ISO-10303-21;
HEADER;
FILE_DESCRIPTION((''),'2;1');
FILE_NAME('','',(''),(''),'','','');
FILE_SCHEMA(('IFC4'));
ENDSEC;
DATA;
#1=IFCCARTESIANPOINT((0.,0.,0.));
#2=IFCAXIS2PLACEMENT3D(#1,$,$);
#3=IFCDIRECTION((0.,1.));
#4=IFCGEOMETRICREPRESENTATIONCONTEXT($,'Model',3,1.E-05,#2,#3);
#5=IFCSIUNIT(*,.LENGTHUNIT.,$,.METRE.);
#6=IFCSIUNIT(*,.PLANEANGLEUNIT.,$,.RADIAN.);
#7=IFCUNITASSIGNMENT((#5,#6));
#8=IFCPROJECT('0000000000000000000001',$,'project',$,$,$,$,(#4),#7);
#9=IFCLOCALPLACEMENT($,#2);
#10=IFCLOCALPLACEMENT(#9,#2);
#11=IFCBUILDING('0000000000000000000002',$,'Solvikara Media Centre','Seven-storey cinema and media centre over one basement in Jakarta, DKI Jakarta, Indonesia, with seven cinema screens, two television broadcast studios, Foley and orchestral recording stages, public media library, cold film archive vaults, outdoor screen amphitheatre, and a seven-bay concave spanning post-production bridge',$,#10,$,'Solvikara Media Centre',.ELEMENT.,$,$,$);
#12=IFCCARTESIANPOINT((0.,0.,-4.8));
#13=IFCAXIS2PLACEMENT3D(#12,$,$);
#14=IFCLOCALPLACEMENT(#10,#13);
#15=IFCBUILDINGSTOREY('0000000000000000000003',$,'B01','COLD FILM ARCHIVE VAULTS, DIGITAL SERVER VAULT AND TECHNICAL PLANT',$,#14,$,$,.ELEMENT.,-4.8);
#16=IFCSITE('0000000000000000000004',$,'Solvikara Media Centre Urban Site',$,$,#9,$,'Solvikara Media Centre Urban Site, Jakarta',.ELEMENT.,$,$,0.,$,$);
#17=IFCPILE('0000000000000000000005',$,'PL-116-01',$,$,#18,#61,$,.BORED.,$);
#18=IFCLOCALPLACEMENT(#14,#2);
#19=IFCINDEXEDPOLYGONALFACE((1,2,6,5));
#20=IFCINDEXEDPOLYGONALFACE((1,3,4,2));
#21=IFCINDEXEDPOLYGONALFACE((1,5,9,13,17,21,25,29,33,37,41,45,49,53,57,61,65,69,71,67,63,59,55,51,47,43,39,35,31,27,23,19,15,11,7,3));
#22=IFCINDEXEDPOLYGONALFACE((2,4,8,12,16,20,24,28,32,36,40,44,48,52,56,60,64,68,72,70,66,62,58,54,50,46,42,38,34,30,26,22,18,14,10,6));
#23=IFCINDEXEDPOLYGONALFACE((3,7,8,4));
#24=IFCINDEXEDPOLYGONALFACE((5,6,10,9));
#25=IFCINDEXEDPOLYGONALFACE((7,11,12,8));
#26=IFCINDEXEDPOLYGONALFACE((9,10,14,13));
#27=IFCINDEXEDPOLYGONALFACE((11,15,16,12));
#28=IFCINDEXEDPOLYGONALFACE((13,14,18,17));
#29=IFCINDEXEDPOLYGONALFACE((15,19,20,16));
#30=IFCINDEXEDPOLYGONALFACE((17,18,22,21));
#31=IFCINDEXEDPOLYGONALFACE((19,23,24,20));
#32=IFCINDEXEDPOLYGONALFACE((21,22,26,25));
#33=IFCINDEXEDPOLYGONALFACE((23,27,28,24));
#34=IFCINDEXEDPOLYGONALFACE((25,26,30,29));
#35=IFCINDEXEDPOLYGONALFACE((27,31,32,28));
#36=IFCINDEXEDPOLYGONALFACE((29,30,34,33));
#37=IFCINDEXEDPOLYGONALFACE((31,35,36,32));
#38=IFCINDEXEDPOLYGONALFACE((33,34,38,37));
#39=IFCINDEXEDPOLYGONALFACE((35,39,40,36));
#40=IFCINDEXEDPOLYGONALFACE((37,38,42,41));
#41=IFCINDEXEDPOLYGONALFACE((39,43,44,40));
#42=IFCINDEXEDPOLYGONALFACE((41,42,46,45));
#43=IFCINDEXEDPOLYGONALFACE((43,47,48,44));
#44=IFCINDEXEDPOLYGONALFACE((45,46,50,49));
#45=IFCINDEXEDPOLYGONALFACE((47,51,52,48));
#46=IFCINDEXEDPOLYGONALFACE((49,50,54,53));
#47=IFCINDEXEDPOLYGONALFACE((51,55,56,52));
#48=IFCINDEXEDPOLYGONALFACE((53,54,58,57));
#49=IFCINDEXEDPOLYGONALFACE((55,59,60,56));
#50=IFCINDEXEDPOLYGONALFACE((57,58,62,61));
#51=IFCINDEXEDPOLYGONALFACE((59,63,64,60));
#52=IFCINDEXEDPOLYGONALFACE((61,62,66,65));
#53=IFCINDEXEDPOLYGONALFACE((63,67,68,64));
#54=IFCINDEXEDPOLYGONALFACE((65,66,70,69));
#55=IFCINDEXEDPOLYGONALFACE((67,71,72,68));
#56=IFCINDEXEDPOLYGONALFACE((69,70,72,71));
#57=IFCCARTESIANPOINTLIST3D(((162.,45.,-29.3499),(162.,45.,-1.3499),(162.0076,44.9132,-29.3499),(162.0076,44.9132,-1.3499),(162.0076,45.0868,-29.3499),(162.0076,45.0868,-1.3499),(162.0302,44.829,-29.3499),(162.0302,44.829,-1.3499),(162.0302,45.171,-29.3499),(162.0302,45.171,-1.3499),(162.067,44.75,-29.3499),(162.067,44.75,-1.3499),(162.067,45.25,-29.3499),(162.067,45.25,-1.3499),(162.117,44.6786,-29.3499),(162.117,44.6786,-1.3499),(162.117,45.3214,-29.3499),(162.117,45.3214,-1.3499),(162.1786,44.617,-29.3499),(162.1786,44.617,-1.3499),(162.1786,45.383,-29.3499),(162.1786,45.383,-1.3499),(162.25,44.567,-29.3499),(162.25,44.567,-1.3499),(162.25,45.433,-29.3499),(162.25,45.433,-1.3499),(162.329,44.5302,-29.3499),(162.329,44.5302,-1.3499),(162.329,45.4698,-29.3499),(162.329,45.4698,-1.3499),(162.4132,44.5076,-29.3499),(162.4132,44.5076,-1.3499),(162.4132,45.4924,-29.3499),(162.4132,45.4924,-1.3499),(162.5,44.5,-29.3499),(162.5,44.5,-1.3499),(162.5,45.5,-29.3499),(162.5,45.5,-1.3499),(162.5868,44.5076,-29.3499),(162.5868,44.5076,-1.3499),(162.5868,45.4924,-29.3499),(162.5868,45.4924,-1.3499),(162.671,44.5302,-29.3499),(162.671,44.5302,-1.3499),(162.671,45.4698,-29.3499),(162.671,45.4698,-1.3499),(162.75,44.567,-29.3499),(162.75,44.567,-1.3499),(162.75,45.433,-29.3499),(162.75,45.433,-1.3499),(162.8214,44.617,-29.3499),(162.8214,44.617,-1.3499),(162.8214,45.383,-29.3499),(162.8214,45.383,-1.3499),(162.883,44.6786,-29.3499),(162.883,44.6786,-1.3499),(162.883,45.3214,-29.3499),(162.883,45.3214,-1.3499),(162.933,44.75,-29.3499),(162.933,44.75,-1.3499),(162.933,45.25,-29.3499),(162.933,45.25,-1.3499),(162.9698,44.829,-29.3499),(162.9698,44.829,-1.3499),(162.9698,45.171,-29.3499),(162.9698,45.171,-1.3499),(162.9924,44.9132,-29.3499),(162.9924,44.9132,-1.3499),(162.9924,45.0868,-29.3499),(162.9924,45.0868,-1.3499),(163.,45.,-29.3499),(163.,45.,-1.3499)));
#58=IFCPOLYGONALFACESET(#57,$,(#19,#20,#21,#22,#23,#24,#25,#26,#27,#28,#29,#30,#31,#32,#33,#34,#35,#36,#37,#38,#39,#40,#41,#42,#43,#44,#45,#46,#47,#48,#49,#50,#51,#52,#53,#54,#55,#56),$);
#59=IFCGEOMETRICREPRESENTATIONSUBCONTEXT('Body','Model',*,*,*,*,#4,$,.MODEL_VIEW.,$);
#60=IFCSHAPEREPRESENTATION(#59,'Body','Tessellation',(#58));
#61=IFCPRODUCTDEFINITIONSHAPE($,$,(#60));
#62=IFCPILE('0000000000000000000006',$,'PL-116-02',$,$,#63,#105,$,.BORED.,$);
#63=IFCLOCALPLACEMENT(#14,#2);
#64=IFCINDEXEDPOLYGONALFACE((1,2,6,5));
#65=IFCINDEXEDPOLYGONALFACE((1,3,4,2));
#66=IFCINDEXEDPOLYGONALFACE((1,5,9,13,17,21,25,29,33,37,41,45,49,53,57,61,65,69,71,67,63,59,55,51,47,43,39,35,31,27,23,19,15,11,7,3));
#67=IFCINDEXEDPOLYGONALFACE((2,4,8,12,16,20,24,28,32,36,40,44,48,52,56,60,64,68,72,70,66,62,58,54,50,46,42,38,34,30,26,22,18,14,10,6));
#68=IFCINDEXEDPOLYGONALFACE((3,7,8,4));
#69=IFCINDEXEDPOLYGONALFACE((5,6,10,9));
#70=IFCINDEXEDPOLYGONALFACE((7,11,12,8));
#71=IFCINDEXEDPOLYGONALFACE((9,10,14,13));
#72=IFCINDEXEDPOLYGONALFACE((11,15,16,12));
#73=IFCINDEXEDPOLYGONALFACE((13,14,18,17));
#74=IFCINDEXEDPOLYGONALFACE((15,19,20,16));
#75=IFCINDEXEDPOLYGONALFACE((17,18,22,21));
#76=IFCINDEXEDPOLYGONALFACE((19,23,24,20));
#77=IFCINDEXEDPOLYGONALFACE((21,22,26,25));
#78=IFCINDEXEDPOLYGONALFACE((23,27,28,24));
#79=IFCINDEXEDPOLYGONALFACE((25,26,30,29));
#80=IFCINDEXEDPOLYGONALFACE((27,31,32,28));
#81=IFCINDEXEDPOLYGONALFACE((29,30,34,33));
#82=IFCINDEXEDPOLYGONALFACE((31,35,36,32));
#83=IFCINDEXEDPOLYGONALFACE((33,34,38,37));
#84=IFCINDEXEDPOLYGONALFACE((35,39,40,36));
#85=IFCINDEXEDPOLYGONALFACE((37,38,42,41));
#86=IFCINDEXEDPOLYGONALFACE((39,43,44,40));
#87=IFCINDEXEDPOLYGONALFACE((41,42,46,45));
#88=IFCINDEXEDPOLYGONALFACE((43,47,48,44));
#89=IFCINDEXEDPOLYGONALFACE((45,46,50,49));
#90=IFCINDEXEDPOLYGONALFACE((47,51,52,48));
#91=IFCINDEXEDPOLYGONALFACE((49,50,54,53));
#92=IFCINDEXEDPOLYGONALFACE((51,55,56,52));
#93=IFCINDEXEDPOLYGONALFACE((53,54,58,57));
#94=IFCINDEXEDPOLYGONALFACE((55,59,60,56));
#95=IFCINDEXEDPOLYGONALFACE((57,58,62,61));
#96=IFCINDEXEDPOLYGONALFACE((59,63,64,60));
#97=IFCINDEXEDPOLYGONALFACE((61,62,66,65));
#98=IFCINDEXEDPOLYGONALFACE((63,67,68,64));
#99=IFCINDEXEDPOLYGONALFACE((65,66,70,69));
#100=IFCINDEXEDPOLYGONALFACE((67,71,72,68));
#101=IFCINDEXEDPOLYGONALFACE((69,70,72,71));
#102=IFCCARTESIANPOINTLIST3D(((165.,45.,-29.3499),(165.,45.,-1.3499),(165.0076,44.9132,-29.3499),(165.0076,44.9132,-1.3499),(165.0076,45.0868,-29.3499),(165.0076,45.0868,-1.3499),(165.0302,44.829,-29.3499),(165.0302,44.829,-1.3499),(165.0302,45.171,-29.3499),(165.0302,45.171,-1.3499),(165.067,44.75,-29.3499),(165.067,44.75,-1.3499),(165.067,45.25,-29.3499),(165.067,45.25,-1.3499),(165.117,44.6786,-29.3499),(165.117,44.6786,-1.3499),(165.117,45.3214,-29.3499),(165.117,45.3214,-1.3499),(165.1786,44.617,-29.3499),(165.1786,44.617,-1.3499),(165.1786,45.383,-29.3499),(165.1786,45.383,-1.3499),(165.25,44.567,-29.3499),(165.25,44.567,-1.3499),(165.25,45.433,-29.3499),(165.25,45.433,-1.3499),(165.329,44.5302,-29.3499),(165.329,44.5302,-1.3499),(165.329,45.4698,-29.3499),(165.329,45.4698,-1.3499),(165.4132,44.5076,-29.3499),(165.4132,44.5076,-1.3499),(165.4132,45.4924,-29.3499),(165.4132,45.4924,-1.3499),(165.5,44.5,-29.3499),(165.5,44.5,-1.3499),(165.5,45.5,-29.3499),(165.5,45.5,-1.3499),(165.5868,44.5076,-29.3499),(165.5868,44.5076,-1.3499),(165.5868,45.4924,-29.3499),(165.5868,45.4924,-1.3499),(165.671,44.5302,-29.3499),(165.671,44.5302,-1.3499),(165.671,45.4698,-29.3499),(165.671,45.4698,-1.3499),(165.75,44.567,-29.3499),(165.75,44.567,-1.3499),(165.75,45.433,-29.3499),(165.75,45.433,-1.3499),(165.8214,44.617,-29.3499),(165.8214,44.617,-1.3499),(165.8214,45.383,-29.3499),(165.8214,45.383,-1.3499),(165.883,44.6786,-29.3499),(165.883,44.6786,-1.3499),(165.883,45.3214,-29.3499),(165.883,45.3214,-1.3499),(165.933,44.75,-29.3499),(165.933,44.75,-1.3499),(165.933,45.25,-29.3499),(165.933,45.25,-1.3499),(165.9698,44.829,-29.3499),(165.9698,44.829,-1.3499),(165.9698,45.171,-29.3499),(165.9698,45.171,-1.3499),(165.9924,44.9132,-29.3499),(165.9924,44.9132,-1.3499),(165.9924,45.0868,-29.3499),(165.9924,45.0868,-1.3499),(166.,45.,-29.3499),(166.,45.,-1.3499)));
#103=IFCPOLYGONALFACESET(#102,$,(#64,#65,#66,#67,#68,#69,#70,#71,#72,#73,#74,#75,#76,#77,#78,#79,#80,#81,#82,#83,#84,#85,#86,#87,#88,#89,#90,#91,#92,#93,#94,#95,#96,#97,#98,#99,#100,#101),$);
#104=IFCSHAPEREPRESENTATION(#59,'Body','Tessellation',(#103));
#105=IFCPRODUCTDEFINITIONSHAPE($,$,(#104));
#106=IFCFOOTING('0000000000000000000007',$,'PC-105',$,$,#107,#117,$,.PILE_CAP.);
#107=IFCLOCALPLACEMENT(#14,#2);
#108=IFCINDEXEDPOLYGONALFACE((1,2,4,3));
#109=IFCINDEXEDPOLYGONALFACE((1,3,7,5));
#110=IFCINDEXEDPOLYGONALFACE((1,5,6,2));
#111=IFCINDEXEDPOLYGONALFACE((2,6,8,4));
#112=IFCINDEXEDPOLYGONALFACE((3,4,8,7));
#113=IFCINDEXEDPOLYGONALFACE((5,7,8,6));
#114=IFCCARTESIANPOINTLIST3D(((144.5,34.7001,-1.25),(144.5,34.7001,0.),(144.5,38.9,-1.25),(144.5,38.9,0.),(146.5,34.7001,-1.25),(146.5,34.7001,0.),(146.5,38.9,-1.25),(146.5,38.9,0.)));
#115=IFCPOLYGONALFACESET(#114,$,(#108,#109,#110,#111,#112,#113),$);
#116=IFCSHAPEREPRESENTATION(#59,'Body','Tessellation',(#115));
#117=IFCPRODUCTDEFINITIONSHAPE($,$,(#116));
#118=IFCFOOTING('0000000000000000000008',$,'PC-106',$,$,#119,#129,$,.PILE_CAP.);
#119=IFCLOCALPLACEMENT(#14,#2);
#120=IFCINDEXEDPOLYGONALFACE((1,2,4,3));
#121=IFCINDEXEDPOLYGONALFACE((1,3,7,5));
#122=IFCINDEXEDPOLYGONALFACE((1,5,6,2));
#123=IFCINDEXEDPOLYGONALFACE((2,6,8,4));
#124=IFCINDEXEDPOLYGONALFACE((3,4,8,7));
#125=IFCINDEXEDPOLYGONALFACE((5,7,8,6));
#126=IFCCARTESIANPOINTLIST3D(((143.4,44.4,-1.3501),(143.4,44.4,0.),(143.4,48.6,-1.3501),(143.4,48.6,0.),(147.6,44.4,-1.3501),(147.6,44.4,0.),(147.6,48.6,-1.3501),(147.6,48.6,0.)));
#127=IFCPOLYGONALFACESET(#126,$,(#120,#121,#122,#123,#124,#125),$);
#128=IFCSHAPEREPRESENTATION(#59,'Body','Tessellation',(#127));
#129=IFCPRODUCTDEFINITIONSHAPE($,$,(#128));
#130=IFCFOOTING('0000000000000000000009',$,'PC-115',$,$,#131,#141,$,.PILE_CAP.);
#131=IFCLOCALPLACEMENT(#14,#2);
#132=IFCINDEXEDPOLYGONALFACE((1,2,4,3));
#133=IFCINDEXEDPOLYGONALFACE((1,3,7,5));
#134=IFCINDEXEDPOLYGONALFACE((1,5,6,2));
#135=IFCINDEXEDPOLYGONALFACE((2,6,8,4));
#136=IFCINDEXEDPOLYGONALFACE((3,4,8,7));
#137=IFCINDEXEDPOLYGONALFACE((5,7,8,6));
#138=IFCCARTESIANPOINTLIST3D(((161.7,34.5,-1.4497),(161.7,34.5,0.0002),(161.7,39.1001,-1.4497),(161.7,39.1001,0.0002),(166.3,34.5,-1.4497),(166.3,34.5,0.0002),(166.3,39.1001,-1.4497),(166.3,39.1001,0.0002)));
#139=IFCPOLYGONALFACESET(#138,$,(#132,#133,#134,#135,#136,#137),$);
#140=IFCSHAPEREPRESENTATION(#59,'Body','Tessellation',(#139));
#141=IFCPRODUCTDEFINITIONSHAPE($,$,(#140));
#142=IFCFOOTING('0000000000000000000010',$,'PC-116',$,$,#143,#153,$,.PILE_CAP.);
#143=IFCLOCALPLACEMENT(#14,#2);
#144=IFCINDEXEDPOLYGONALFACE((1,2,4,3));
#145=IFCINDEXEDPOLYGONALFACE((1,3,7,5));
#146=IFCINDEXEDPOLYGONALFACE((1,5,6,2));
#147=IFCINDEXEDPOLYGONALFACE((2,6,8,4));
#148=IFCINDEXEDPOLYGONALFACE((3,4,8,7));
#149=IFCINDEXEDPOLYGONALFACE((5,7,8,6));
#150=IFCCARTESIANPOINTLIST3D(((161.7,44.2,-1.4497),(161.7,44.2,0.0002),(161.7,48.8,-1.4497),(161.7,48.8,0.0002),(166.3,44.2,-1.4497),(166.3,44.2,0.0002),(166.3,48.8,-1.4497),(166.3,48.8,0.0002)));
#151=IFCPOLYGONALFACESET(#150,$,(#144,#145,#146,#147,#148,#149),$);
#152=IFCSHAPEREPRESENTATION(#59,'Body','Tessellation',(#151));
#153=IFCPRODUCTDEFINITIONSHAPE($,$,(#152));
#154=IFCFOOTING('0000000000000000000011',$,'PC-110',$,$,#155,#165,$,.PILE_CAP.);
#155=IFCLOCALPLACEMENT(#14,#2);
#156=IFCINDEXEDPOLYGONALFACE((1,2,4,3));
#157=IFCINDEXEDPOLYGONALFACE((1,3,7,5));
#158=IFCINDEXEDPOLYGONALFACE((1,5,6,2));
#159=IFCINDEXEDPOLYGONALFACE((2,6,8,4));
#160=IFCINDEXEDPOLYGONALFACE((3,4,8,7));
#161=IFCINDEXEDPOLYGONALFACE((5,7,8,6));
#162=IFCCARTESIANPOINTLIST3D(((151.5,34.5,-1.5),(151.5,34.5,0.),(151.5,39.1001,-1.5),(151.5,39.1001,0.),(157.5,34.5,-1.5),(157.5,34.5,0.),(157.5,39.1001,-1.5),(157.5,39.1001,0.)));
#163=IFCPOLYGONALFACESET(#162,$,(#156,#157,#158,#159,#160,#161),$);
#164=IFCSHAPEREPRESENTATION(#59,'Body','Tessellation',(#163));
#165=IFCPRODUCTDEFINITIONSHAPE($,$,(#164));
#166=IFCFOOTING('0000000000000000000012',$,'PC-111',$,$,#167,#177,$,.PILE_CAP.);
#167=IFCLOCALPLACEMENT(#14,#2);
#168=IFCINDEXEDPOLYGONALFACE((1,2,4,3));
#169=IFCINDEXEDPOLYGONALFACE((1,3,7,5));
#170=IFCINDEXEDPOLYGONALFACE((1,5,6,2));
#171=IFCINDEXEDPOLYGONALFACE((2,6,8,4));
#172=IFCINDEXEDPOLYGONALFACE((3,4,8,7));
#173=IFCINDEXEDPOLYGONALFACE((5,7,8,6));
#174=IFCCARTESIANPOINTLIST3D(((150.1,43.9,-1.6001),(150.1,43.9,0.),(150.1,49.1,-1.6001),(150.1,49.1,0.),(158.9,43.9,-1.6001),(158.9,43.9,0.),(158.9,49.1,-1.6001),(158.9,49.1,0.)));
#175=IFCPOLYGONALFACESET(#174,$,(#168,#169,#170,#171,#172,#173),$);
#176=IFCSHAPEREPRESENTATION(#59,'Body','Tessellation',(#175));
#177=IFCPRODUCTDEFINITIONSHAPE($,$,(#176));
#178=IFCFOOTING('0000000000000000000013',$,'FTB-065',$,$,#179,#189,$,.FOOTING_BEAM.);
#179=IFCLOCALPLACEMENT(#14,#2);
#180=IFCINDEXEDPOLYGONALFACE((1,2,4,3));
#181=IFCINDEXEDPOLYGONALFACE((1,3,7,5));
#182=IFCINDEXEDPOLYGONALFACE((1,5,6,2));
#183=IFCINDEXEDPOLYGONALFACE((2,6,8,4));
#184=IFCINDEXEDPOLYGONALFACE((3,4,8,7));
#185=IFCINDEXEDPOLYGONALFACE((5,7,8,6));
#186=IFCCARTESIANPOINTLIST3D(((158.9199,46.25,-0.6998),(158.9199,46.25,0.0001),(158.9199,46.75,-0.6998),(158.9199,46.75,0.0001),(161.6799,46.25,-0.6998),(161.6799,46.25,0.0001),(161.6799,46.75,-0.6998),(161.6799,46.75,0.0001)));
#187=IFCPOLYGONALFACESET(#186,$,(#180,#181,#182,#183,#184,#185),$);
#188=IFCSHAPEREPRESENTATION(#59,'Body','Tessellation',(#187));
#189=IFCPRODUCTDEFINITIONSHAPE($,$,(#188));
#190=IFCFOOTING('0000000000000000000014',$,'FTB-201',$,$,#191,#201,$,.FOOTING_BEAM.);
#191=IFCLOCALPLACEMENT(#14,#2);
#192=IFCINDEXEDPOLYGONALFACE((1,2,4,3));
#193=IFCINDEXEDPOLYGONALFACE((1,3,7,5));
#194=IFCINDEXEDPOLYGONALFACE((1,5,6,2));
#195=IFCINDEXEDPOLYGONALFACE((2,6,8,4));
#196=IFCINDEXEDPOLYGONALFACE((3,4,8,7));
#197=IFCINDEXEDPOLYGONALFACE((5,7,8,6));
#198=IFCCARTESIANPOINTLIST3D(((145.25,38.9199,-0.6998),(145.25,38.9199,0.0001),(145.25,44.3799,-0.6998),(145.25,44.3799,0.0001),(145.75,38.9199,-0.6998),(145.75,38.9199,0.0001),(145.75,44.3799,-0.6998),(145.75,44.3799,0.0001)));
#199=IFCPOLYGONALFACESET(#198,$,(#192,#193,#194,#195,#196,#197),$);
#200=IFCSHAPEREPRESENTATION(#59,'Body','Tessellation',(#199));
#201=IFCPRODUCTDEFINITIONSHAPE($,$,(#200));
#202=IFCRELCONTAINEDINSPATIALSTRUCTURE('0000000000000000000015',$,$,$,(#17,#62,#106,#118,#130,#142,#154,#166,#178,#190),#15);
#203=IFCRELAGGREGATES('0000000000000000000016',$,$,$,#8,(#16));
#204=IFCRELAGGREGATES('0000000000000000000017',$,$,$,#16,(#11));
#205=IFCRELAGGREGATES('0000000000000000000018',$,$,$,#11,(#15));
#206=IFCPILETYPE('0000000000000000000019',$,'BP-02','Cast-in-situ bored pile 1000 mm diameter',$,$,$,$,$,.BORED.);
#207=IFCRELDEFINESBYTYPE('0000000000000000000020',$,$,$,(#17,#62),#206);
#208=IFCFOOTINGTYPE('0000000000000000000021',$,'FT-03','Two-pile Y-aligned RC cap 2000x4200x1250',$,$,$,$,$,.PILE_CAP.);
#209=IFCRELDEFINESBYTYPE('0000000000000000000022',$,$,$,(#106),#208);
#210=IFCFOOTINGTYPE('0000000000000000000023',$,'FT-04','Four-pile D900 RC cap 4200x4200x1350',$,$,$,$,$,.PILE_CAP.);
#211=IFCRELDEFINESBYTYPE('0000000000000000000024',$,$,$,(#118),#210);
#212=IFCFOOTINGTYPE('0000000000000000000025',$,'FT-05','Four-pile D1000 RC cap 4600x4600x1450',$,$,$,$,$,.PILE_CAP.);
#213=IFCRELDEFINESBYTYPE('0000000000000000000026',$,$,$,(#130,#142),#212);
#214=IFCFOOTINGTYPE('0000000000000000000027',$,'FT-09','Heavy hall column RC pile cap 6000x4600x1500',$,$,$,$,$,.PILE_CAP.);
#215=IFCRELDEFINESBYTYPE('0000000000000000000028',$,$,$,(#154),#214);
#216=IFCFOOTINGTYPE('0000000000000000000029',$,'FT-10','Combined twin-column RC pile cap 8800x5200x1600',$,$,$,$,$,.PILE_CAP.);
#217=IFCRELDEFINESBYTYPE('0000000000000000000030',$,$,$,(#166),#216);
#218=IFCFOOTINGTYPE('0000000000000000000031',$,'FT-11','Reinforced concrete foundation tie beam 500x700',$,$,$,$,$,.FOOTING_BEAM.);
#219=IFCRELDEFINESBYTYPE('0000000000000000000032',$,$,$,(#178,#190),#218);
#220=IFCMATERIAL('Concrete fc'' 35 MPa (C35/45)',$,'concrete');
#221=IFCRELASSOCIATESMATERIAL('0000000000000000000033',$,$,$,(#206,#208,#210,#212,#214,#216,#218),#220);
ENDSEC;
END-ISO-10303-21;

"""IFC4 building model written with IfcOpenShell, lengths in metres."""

from ifc_helpers import new_model, si_unit, direction, frame, origin, origin_2d, place, context, subcontext, project, spatial, rectangle, circle, extrude, material, material_profile, profile_set, type_object, element, save


model = new_model("IFC4")

# Units and contexts
model_context = context("Model", 3, precision=1e-05, world=origin(), true_north=direction((0.0, 1.0)))
body_context = subcontext(model_context, "Body", "Model", "MODEL_VIEW")
ifc_project = project(units=[si_unit("LENGTHUNIT", "METRE"), si_unit("PLANEANGLEUNIT", "RADIAN")], contexts=[model_context])

# Site, building, storey
site_placement = place(None, origin())
site = spatial("IfcSite", under=ifc_project, at=site_placement, Name="Solvikara Media Centre Urban Site", LongName="Solvikara Media Centre Urban Site, Jakarta", CompositionType="ELEMENT", RefElevation=0.0)
building_placement = place(site_placement, origin())
building = spatial("IfcBuilding", under=site, at=building_placement, Name="Solvikara Media Centre", Description="Seven-storey cinema and media centre over one basement in Jakarta, DKI Jakarta, Indonesia, with seven cinema screens, two television broadcast studios, Foley and orchestral recording stages, public media library, cold film archive vaults, outdoor screen amphitheatre, and a seven-bay concave spanning post-production bridge", LongName="Solvikara Media Centre", CompositionType="ELEMENT")
storey_placement = place(building_placement, frame((0.0, 0.0, -4.8)))
storey = spatial("IfcBuildingStorey", under=building, at=storey_placement, Name="B01", Description="COLD FILM ARCHIVE VAULTS, DIGITAL SERVER VAULT AND TECHNICAL PLANT", CompositionType="ELEMENT", Elevation=-4.8)

# Piles
ifc_material_1 = material(Name="Concrete fc' 35 MPa (C35/45)", Category="concrete")
ifc_material_profile_1 = material_profile(ifc_material_1, circle(Radius=0.5, at=origin_2d()), Name="BORED PILE D1000")
ifc_profile_set_1 = profile_set([ifc_material_profile_1], Name="Concrete fc' 35 MPa (C35/45)")
pile_type_1 = type_object("IfcPileType", Name="BP-02", Description="Cast-in-situ bored pile 1000 mm diameter", PredefinedType="BORED", material=ifc_profile_set_1)
for number, where, z_axis, x_axis, name in (
    (1, (162.5, 45.0, -1.3499), (0.0, 0.0, -1.0), (1.0, 0.0, 0.0), "PL-116-01"),
    (2, (165.5, 45.0, -1.3499), (0.0, 0.0, -1.0), (1.0, 0.0, 0.0), "PL-116-02"),
):
    element("IfcPile", number, at=place(storey_placement, frame(where, z_axis=z_axis, x_axis=x_axis)), inside=storey, type_object=pile_type_1, Name=name, PredefinedType="BORED", context=body_context, shape_type="SweptSolid", body=[
        extrude(circle(Radius=0.5, at=origin_2d()), origin(), (0.0, 0.0, 1.0), 28.0),
    ])

# Footings
footing_type_1 = type_object("IfcFootingType", Name="FT-03", Description="Two-pile Y-aligned RC cap 2000x4200x1250", PredefinedType="PILE_CAP", material=ifc_material_1)
footing_1_placement = place(storey_placement, frame((145.5, 36.8, -1.25), z_axis=(0.0, 0.0, 1.0), x_axis=(1.0, 0.0, 0.0)))
element("IfcFooting", 3, at=footing_1_placement, inside=storey, type_object=footing_type_1, Name="PC-105", PredefinedType="PILE_CAP", context=body_context, shape_type="SweptSolid", body=[
    extrude(rectangle(XDim=2.0, YDim=4.2, at=origin_2d()), origin(), (0.0, 0.0, 1.0), 1.25),
])
footing_type_2 = type_object("IfcFootingType", Name="FT-04", Description="Four-pile D900 RC cap 4200x4200x1350", PredefinedType="PILE_CAP", material=ifc_material_1)
footing_2_placement = place(storey_placement, frame((145.5, 46.5, -1.3501), z_axis=(0.0, 0.0, 1.0), x_axis=(1.0, 0.0, 0.0)))
element("IfcFooting", 4, at=footing_2_placement, inside=storey, type_object=footing_type_2, Name="PC-106", PredefinedType="PILE_CAP", context=body_context, shape_type="SweptSolid", body=[
    extrude(rectangle(XDim=4.2, YDim=4.2, at=origin_2d()), origin(), (0.0, 0.0, 1.0), 1.3501),
])
footing_type_3 = type_object("IfcFootingType", Name="FT-05", Description="Four-pile D1000 RC cap 4600x4600x1450", PredefinedType="PILE_CAP", material=ifc_material_1)
for number, where, z_axis, x_axis, name in (
    (5, (164.0, 36.8, -1.4497), (0.0, 0.0, 1.0), (1.0, 0.0, 0.0), "PC-115"),
    (6, (164.0, 46.5, -1.4497), (0.0, 0.0, 1.0), (1.0, 0.0, 0.0), "PC-116"),
):
    element("IfcFooting", number, at=place(storey_placement, frame(where, z_axis=z_axis, x_axis=x_axis)), inside=storey, type_object=footing_type_3, Name=name, PredefinedType="PILE_CAP", context=body_context, shape_type="SweptSolid", body=[
        extrude(rectangle(XDim=4.6001, YDim=4.6001, at=origin_2d()), origin(), (0.0, 0.0, 1.0), 1.45),
    ])
footing_type_4 = type_object("IfcFootingType", Name="FT-09", Description="Heavy hall column RC pile cap 6000x4600x1500", PredefinedType="PILE_CAP", material=ifc_material_1)
footing_3_placement = place(storey_placement, frame((154.5, 36.8, -1.5), z_axis=(0.0, 0.0, 1.0), x_axis=(1.0, 0.0, 0.0)))
element("IfcFooting", 7, at=footing_3_placement, inside=storey, type_object=footing_type_4, Name="PC-110", PredefinedType="PILE_CAP", context=body_context, shape_type="SweptSolid", body=[
    extrude(rectangle(XDim=6.0, YDim=4.6001, at=origin_2d()), origin(), (0.0, 0.0, 1.0), 1.5),
])
footing_type_5 = type_object("IfcFootingType", Name="FT-10", Description="Combined twin-column RC pile cap 8800x5200x1600", PredefinedType="PILE_CAP", material=ifc_material_1)
footing_4_placement = place(storey_placement, frame((154.5, 46.5, -1.6001), z_axis=(0.0, 0.0, 1.0), x_axis=(1.0, 0.0, 0.0)))
element("IfcFooting", 8, at=footing_4_placement, inside=storey, type_object=footing_type_5, Name="PC-111", PredefinedType="PILE_CAP", context=body_context, shape_type="SweptSolid", body=[
    extrude(rectangle(XDim=8.8, YDim=5.2, at=origin_2d()), origin(), (0.0, 0.0, 1.0), 1.6001),
])
ifc_material_profile_2 = material_profile(ifc_material_1, rectangle(XDim=0.5, YDim=0.7, at=origin_2d()), Name="RC 500x700")
ifc_profile_set_2 = profile_set([ifc_material_profile_2], Name="Concrete fc' 35 MPa (C35/45)")
footing_type_6 = type_object("IfcFootingType", Name="FT-11", Description="Reinforced concrete foundation tie beam 500x700", PredefinedType="FOOTING_BEAM", material=ifc_profile_set_2)
footing_5_placement = place(storey_placement, frame((158.9199, 46.5, -0.3499), z_axis=(1.0, 0.0, 0.0), x_axis=(0.0, 1.0, 0.0)))
element("IfcFooting", 9, at=footing_5_placement, inside=storey, type_object=footing_type_6, Name="FTB-065", PredefinedType="FOOTING_BEAM", context=body_context, shape_type="SweptSolid", body=[
    extrude(rectangle(XDim=0.5, YDim=0.7, at=origin_2d()), origin(), (0.0, 0.0, 1.0), 2.76),
])
footing_6_placement = place(storey_placement, frame((145.5, 38.9199, -0.3499), z_axis=(0.0, 1.0, 0.0), x_axis=(-1.0, 0.0, 0.0)))
element("IfcFooting", 10, at=footing_6_placement, inside=storey, type_object=footing_type_6, Name="FTB-201", PredefinedType="FOOTING_BEAM", context=body_context, shape_type="SweptSolid", body=[
    extrude(rectangle(XDim=0.5, YDim=0.7, at=origin_2d()), origin(), (0.0, 0.0, 1.0), 5.46),
])

save(model, "model.ifc")
